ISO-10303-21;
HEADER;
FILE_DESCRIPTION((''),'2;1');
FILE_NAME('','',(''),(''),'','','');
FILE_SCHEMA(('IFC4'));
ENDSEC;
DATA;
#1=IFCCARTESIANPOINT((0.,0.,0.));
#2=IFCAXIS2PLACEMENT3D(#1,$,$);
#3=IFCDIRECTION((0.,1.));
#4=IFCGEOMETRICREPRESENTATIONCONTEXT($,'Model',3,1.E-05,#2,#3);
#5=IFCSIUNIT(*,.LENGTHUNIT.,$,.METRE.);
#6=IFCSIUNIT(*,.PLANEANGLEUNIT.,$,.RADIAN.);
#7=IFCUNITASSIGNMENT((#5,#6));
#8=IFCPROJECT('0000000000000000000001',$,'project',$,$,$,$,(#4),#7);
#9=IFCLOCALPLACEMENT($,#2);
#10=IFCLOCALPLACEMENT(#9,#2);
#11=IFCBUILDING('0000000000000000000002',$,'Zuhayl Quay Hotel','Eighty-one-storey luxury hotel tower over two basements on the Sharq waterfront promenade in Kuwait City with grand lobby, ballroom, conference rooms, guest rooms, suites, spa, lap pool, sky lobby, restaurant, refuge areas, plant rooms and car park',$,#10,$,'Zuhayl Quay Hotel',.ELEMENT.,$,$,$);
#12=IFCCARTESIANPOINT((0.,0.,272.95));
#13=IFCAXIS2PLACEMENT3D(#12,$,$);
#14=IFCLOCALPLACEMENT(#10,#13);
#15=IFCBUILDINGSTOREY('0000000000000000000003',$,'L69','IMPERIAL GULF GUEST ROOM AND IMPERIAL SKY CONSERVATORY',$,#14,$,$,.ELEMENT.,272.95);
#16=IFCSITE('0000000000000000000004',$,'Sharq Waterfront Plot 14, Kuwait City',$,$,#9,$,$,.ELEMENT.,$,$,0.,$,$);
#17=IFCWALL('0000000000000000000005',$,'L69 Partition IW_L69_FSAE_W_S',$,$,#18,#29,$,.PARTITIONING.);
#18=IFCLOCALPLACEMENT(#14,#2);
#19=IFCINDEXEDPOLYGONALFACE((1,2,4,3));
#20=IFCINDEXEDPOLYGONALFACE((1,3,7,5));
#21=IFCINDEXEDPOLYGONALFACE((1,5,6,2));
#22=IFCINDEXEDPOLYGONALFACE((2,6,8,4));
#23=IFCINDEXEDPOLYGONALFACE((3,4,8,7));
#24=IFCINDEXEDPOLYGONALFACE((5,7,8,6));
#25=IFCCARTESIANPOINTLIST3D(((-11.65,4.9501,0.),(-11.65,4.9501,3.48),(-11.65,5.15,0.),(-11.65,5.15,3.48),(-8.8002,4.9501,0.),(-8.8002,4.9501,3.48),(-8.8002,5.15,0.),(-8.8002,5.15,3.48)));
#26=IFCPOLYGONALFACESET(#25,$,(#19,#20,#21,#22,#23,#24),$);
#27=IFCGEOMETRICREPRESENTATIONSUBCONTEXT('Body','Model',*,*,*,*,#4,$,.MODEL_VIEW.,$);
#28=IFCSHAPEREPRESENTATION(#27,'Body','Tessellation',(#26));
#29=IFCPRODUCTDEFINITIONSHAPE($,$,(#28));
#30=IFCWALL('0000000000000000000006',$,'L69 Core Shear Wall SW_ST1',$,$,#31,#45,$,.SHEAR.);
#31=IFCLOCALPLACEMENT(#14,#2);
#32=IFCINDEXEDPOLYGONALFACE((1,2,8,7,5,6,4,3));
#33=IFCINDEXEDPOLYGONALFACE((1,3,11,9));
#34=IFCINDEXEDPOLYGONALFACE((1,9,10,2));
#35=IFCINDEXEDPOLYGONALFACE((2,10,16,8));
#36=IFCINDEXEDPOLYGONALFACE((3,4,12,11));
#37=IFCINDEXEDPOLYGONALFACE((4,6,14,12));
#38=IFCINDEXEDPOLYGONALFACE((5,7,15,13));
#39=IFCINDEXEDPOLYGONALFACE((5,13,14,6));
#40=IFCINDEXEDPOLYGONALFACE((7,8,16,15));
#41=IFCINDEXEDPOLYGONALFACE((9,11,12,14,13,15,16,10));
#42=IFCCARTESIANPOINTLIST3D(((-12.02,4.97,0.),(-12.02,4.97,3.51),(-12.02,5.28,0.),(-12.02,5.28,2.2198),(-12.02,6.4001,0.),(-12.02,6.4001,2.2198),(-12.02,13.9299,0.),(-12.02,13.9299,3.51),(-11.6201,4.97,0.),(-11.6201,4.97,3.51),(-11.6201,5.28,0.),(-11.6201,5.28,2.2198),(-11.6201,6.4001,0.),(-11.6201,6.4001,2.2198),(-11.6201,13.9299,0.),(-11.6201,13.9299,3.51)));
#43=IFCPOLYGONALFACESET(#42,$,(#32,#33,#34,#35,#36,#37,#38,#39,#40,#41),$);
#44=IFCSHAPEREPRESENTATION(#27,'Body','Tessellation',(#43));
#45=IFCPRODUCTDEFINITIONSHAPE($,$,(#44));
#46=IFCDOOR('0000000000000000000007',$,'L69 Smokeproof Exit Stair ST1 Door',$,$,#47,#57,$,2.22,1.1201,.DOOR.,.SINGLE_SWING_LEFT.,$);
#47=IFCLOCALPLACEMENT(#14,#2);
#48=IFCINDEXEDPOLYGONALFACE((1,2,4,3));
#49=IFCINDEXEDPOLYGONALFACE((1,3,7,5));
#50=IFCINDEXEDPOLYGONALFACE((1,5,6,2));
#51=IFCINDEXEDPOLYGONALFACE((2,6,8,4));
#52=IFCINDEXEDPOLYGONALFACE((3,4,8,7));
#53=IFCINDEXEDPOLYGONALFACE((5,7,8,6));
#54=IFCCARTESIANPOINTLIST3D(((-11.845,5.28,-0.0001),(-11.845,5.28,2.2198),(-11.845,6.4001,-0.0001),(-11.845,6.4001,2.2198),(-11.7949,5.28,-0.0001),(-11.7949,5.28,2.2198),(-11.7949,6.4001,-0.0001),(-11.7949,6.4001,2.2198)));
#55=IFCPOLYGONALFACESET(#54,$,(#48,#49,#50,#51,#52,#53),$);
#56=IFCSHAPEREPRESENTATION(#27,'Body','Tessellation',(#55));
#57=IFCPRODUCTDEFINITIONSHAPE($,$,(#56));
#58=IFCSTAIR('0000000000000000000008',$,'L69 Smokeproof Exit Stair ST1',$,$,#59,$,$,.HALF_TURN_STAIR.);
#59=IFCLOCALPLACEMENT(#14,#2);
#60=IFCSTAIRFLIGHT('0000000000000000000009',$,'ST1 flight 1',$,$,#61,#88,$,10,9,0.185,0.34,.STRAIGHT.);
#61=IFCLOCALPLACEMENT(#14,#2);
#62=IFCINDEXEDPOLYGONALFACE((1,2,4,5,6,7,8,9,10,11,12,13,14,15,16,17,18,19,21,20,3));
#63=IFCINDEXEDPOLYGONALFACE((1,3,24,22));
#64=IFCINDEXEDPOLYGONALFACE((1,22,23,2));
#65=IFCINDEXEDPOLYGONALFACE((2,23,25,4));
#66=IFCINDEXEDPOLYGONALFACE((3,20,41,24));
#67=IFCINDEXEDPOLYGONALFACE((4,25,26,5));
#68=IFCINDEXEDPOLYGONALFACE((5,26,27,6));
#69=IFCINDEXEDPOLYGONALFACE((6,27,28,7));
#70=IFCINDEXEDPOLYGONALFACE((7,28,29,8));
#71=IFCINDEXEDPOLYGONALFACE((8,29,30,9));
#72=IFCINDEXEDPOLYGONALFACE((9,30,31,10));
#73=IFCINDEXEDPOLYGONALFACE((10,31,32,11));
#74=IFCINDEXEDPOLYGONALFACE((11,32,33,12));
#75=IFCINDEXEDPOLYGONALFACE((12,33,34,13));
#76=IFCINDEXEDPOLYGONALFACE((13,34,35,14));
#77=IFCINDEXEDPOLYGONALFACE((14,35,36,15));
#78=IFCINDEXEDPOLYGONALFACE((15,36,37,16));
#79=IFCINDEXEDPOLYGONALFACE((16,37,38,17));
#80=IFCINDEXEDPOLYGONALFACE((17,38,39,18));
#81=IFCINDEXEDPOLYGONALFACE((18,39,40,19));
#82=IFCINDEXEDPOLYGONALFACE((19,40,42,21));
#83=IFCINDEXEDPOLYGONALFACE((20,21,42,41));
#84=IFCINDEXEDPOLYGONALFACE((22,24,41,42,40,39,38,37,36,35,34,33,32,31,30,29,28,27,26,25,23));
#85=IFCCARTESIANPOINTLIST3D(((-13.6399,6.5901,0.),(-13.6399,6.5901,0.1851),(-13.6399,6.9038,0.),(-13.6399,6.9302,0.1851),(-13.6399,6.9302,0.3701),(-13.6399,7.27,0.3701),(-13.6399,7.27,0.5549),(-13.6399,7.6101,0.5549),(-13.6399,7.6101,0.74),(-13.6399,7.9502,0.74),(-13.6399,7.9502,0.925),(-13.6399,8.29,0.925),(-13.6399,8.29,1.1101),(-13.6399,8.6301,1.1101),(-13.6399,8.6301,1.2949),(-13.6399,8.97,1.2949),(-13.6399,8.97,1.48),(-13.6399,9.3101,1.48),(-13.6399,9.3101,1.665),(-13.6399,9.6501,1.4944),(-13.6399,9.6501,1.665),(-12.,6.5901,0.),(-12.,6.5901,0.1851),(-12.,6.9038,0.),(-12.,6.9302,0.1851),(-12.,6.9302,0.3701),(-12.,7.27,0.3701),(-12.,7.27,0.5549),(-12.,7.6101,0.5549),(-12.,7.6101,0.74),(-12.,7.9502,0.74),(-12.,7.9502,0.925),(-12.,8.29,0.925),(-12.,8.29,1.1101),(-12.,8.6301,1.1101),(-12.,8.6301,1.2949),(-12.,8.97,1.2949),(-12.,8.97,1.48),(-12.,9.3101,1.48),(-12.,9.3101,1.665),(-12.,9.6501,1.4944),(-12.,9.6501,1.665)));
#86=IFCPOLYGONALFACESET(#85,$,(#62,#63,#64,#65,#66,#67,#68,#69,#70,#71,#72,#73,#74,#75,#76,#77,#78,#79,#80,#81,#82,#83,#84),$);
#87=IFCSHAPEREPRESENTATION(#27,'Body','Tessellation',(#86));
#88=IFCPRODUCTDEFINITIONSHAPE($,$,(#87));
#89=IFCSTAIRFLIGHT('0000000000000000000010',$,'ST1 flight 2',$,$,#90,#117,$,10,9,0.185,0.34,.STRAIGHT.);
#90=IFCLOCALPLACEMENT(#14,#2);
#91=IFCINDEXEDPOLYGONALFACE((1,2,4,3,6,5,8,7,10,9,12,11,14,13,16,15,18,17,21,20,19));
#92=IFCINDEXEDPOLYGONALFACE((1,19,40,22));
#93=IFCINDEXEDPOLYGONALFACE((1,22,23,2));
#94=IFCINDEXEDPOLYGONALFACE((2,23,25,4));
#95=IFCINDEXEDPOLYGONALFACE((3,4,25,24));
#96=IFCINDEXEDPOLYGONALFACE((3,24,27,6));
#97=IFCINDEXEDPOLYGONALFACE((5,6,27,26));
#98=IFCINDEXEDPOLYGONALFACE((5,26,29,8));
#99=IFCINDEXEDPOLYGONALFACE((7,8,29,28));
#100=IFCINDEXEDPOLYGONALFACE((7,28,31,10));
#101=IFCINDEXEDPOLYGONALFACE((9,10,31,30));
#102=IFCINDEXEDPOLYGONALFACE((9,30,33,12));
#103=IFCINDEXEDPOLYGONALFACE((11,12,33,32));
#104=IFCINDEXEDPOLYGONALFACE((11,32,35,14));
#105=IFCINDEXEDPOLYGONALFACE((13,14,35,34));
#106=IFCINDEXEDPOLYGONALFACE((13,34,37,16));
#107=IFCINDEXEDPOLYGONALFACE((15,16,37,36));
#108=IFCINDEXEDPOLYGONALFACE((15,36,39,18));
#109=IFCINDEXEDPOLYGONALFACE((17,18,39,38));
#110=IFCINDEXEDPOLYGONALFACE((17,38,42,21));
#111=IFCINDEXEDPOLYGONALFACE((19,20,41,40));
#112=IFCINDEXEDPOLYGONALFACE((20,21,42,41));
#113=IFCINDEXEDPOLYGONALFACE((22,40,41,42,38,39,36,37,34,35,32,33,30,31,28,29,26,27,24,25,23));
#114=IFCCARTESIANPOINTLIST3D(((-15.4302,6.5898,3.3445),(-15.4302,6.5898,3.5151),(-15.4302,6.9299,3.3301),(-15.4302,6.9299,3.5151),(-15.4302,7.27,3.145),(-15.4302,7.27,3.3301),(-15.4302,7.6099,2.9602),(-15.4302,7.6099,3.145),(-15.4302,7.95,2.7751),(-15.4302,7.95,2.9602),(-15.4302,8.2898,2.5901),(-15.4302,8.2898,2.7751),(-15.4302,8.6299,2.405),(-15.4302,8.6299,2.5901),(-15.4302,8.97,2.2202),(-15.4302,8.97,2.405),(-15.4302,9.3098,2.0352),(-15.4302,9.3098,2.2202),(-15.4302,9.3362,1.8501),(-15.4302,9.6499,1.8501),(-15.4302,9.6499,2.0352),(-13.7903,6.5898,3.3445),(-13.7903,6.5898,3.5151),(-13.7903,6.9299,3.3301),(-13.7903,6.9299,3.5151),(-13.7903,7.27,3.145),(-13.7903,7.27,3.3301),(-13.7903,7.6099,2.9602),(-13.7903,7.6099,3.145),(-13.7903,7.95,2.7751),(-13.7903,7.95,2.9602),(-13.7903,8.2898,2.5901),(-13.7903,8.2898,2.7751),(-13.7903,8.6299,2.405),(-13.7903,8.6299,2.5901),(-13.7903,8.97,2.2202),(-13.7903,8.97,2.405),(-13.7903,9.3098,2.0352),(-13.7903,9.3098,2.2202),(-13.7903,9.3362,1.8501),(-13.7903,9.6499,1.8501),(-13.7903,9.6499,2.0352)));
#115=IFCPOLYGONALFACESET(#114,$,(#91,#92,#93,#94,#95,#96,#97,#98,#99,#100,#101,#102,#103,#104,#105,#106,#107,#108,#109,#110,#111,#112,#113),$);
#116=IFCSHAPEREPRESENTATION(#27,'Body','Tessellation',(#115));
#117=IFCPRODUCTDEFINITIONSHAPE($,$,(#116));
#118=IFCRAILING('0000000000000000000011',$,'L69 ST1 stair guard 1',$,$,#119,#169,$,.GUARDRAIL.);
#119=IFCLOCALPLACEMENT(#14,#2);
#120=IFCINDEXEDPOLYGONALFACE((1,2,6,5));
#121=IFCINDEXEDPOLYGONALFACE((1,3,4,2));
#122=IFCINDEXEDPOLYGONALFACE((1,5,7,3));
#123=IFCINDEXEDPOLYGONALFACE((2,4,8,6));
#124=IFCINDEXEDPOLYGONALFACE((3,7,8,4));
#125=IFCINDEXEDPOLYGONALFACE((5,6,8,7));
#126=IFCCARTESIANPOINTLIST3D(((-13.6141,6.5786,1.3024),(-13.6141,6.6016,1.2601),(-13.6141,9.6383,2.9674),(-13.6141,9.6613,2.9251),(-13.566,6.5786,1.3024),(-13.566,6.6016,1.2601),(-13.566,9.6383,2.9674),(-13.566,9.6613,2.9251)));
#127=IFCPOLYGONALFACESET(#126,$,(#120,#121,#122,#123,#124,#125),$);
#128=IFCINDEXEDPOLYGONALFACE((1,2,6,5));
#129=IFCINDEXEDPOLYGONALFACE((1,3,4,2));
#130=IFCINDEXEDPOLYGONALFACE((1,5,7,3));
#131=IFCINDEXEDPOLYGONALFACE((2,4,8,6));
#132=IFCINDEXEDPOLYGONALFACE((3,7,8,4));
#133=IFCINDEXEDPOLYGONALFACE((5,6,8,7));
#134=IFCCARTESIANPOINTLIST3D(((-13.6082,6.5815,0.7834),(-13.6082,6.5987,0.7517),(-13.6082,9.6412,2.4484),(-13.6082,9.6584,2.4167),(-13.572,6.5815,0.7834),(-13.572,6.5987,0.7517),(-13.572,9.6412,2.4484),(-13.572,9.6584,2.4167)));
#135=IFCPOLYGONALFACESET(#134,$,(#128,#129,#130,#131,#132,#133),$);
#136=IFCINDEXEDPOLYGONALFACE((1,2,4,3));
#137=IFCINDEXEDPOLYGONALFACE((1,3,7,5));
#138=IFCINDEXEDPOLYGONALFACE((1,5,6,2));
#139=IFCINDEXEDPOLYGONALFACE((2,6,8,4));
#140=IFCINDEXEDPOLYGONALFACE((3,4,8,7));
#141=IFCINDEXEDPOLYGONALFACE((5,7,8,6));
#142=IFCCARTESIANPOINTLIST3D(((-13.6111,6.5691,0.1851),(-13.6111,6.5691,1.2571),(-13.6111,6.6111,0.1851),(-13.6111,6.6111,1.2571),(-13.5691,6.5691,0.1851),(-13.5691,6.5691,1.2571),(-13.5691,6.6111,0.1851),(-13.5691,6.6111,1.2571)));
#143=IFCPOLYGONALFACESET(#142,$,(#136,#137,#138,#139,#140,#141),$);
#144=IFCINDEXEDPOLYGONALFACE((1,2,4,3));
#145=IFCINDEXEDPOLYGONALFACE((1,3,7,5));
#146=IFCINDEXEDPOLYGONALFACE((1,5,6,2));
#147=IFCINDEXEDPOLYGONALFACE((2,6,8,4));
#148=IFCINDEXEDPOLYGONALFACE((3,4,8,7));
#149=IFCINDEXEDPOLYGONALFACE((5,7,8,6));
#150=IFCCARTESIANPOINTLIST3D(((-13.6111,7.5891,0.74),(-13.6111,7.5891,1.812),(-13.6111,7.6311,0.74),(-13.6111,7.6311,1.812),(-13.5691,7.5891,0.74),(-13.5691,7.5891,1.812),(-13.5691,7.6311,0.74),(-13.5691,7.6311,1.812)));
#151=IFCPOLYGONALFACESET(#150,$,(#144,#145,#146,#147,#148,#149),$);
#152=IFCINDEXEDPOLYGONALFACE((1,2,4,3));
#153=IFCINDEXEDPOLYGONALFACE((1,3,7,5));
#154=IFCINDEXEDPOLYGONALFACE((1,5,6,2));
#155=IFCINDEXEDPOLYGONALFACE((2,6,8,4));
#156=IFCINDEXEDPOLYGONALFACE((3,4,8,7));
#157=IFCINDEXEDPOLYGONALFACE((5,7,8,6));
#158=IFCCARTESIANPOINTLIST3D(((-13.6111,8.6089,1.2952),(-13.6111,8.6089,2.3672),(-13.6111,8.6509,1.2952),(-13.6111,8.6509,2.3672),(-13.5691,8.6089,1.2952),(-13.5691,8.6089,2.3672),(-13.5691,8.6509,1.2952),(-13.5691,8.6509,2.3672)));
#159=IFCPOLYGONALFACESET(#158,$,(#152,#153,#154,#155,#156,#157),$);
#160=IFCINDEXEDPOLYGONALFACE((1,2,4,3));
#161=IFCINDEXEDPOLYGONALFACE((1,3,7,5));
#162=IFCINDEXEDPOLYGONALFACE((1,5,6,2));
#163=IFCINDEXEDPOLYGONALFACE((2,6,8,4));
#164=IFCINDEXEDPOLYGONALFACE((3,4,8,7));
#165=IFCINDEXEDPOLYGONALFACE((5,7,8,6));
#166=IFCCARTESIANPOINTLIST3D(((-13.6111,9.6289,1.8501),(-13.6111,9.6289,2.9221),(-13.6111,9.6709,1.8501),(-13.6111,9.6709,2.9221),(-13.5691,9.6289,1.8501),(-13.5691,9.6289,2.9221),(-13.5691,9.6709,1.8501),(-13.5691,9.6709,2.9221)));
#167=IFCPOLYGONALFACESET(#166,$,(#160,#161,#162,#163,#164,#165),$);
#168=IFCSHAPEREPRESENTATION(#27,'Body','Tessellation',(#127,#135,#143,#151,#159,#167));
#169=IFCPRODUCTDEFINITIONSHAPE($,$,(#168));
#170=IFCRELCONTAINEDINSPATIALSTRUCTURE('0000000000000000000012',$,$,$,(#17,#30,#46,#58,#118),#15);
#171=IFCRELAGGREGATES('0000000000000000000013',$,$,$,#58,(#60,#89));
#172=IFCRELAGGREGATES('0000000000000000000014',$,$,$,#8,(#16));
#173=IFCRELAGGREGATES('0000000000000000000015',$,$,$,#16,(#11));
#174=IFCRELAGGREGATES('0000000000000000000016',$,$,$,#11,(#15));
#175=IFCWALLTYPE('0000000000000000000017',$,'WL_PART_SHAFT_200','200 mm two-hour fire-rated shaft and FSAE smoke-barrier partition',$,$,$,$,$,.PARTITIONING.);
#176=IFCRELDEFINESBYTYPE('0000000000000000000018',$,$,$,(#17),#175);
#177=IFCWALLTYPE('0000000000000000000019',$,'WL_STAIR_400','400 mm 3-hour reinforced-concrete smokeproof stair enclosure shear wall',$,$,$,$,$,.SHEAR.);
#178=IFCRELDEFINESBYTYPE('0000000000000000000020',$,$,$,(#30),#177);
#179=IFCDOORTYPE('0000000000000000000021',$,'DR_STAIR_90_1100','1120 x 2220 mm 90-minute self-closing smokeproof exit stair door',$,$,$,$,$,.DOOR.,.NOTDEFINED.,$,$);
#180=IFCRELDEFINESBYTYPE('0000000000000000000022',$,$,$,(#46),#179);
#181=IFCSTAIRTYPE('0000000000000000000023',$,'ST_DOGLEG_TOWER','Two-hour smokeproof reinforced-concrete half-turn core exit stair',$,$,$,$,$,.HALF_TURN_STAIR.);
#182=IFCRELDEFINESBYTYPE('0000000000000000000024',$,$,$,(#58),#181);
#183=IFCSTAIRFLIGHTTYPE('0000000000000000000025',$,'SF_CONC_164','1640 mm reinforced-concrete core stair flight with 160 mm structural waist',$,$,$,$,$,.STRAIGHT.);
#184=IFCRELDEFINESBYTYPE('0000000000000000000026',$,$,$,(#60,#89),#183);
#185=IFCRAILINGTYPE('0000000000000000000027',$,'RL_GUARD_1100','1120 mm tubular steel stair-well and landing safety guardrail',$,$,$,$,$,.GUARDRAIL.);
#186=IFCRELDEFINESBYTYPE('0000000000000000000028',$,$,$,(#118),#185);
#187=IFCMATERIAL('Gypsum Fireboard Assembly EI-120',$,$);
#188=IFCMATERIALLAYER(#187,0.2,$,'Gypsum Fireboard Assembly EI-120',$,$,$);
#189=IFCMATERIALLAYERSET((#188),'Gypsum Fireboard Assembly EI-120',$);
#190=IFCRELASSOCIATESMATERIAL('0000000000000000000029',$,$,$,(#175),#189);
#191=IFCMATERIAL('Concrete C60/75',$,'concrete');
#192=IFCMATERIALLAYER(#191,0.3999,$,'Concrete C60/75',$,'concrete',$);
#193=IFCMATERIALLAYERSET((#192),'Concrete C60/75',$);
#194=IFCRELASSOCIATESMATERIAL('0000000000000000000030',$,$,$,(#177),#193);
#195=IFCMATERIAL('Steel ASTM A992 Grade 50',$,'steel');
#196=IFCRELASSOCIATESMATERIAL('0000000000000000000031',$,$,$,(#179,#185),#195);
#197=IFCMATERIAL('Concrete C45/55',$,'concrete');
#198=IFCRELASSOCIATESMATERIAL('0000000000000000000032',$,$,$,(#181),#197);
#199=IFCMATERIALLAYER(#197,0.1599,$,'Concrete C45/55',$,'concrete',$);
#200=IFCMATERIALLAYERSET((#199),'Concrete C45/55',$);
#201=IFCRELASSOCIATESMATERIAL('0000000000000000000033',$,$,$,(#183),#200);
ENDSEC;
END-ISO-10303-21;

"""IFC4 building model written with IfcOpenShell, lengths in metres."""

from ifc_helpers import new_model, si_unit, direction, frame, frame_2d, origin, origin_2d, place, context, subcontext, project, spatial, polyline, rectangle, outline, extrude, material, layer, layer_set, type_object, element, fill, aggregate, save


model = new_model("IFC4")

# Units and contexts
model_context = context("Model", 3, precision=1e-05, world=origin(), true_north=direction((0.0, 1.0)))
body_context = subcontext(model_context, "Body", "Model", "MODEL_VIEW")
ifc_project = project(units=[si_unit("LENGTHUNIT", "METRE"), si_unit("PLANEANGLEUNIT", "RADIAN")], contexts=[model_context])

# Site, building, storey
site_placement = place(None, origin())
site = spatial("IfcSite", under=ifc_project, at=site_placement, Name="Sharq Waterfront Plot 14, Kuwait City", CompositionType="ELEMENT", RefElevation=0.0)
building_placement = place(site_placement, origin())
building = spatial("IfcBuilding", under=site, at=building_placement, Name="Zuhayl Quay Hotel", Description="Eighty-one-storey luxury hotel tower over two basements on the Sharq waterfront promenade in Kuwait City with grand lobby, ballroom, conference rooms, guest rooms, suites, spa, lap pool, sky lobby, restaurant, refuge areas, plant rooms and car park", LongName="Zuhayl Quay Hotel", CompositionType="ELEMENT")
storey_placement = place(building_placement, frame((0.0, 0.0, 272.95)))
storey = spatial("IfcBuildingStorey", under=building, at=storey_placement, Name="L69", Description="IMPERIAL GULF GUEST ROOM AND IMPERIAL SKY CONSERVATORY", CompositionType="ELEMENT", Elevation=272.95)

# Wall
ifc_material_1 = material(Name="Gypsum Fireboard Assembly EI-120")
ifc_layer_1 = layer(ifc_material_1, 0.2, Name="Gypsum Fireboard Assembly EI-120")
ifc_layer_set_1 = layer_set([ifc_layer_1], Name="Gypsum Fireboard Assembly EI-120")
wall_type_1 = type_object("IfcWallType", Name="WL_PART_SHAFT_200", Description="200 mm two-hour fire-rated shaft and FSAE smoke-barrier partition", PredefinedType="PARTITIONING", material=ifc_layer_set_1)
wall_1_placement = place(storey_placement, frame((-11.6499, 5.05, 0.0), z_axis=(0.0, 0.0, 1.0), x_axis=(1.0, 0.0, 0.0)))
element("IfcWall", 1, at=wall_1_placement, inside=storey, type_object=wall_type_1, Name="L69 Partition IW_L69_FSAE_W_S", PredefinedType="PARTITIONING", context=body_context, shape_type="SweptSolid", body=[
    extrude(rectangle(XDim=2.8499, YDim=0.2, at=frame_2d((1.4248, 0.0))), origin(), (0.0, 0.0, 1.0), 3.48),
])

# Wall, opening, door
ifc_material_2 = material(Name="Concrete C60/75", Category="concrete")
ifc_layer_2 = layer(ifc_material_2, 0.3999, Name="Concrete C60/75", Category="concrete")
ifc_layer_set_2 = layer_set([ifc_layer_2], Name="Concrete C60/75")
wall_type_2 = type_object("IfcWallType", Name="WL_STAIR_400", Description="400 mm 3-hour reinforced-concrete smokeproof stair enclosure shear wall", PredefinedType="SHEAR", material=ifc_layer_set_2)
wall_2_placement = place(storey_placement, frame((-11.8201, 4.97, 0.0), z_axis=(0.0, 0.0, 1.0), x_axis=(0.0, 1.0, 0.0)))
wall_2 = element("IfcWall", 2, at=wall_2_placement, inside=storey, type_object=wall_type_2, Name="L69 Core Shear Wall SW_ST1", PredefinedType="SHEAR", context=body_context, shape_type="SweptSolid", body=[
    extrude(rectangle(XDim=8.96, YDim=0.3999, at=frame_2d((4.48, 0.0))), origin(), (0.0, 0.0, 1.0), 3.51),
])
opening_1_placement = place(wall_2_placement, frame((0.3101, 0.0, 0.0)))
opening_1 = element("IfcOpeningElement", 3, at=opening_1_placement, cuts=wall_2, PredefinedType="OPENING", context=body_context, shape_type="SweptSolid", body=[
    extrude(rectangle(XDim=1.1201, YDim=2.22, at=frame_2d((0.5601, 1.1099))), frame((0.0, 0.21, 0.0), z_axis=(0.0, -1.0, 0.0), x_axis=(1.0, 0.0, 0.0)), (0.0, 0.0, 1.0), 0.4199),
])
ifc_material_3 = material(Name="Steel ASTM A992 Grade 50", Category="steel")
door_type_1 = type_object("IfcDoorType", Name="DR_STAIR_90_1100", Description="1120 x 2220 mm 90-minute self-closing smokeproof exit stair door", OperationType="NOTDEFINED", PredefinedType="DOOR", material=ifc_material_3)
door_1_placement = place(opening_1_placement, origin())
door_1 = element("IfcDoor", 4, at=door_1_placement, inside=storey, type_object=door_type_1, Name="L69 Smokeproof Exit Stair ST1 Door", OperationType="SINGLE_SWING_LEFT", OverallHeight=2.22, OverallWidth=1.1201, PredefinedType="DOOR", context=body_context, shape_type="SweptSolid", body=[
    extrude(rectangle(XDim=1.1201, YDim=2.22, at=frame_2d((0.5601, 1.1099))), frame((0.0, 0.0249, 0.0), z_axis=(0.0, -1.0, 0.0), x_axis=(1.0, 0.0, 0.0)), (0.0, 0.0, 1.0), 0.05),
])
fill(opening_1, door_1)

# Stair, stair flights
ifc_material_4 = material(Name="Concrete C45/55", Category="concrete")
stair_type = type_object("IfcStairType", Name="ST_DOGLEG_TOWER", Description="Two-hour smokeproof reinforced-concrete half-turn core exit stair", PredefinedType="HALF_TURN_STAIR", material=ifc_material_4)
stair_placement = place(storey_placement, origin())
stair = element("IfcStair", 5, at=stair_placement, inside=storey, type_object=stair_type, Name="L69 Smokeproof Exit Stair ST1", PredefinedType="HALF_TURN_STAIR")
ifc_layer_3 = layer(ifc_material_4, 0.1599, Name="Concrete C45/55", Category="concrete")
ifc_layer_set_3 = layer_set([ifc_layer_3], Name="Concrete C45/55")
stair_flight_type = type_object("IfcStairFlightType", Name="SF_CONC_164", Description="1640 mm reinforced-concrete core stair flight with 160 mm structural waist", PredefinedType="STRAIGHT", material=ifc_layer_set_3)
stair_flight_1_placement = place(storey_placement, frame((-12.8201, 6.5901, 0.0), z_axis=(0.0, 0.0, 1.0), x_axis=(0.0, 1.0, 0.0)))
stair_flight_1 = element("IfcStairFlight", 6, at=stair_flight_1_placement, type_object=stair_flight_type, Name="ST1 flight 1", NumberOfRisers=10, NumberOfTreads=9, PredefinedType="STRAIGHT", RiserHeight=0.185, TreadLength=0.34, context=body_context, shape_type="SweptSolid", body=[
    extrude(outline(polyline([(0.0, 0.0), (0.0, 0.1851), (0.3401, 0.1851), (0.3401, 0.3701), (0.6799, 0.3701), (0.6799, 0.5549), (1.02, 0.5549), (1.02, 0.74), (1.3601, 0.74), (1.3601, 0.925), (1.7, 0.925), (1.7, 1.1101), (2.04, 1.1101), (2.04, 1.2949), (2.3799, 1.2949), (2.3799, 1.48), (2.72, 1.48), (2.72, 1.665), (3.0601, 1.665), (3.0601, 1.8501), (3.0601, 1.4944), (0.3137, 0.0), (0.0, 0.0)])), frame((0.0, 0.8198, 0.0), z_axis=(0.0, -1.0, 0.0), x_axis=(1.0, 0.0, 0.0)), (0.0, 0.0, 1.0), 1.6399),
])
stair_flight_2_placement = place(storey_placement, frame((-14.6101, 9.6499, 1.8501), z_axis=(0.0, 0.0, 1.0), x_axis=(0.0, -1.0, 0.0)))
stair_flight_2 = element("IfcStairFlight", 7, at=stair_flight_2_placement, type_object=stair_flight_type, Name="ST1 flight 2", NumberOfRisers=10, NumberOfTreads=9, PredefinedType="STRAIGHT", RiserHeight=0.185, TreadLength=0.34, context=body_context, shape_type="SweptSolid", body=[
    extrude(outline(polyline([(0.0, 0.0), (0.0, 0.1851), (0.3401, 0.1851), (0.3401, 0.3701), (0.6799, 0.3701), (0.6799, 0.5549), (1.02, 0.5549), (1.02, 0.74), (1.3601, 0.74), (1.3601, 0.925), (1.7, 0.925), (1.7, 1.1101), (2.04, 1.1101), (2.04, 1.2949), (2.3799, 1.2949), (2.3799, 1.48), (2.72, 1.48), (2.72, 1.665), (3.0601, 1.665), (3.0601, 1.8501), (3.0601, 1.4944), (0.3137, 0.0), (0.0, 0.0)])), frame((0.0, 0.8198, 0.0), z_axis=(0.0, -1.0, 0.0), x_axis=(1.0, 0.0, 0.0)), (0.0, 0.0, 1.0), 1.6399),
])
aggregate(stair, [stair_flight_1, stair_flight_2])

# Railing
railing_type_1 = type_object("IfcRailingType", Name="RL_GUARD_1100", Description="1120 mm tubular steel stair-well and landing safety guardrail", PredefinedType="GUARDRAIL", material=ifc_material_3)
railing_1_placement = place(storey_placement, frame((-13.5901, 6.5901, 0.1851)))
element("IfcRailing", 8, at=railing_1_placement, inside=storey, type_object=railing_type_1, Name="L69 ST1 stair guard 1", PredefinedType="GUARDRAIL", context=body_context, shape_type="SweptSolid", body=[
    extrude(rectangle(XDim=0.0481, YDim=0.0481, at=origin_2d()), frame((0.0, 0.0, 1.0962), z_axis=(0.0, 0.878372, 0.477978), x_axis=(-1.0, 0.0, 0.0)), (0.0, 0.0, 1.0), 3.4834),
    extrude(rectangle(XDim=0.0361, YDim=0.0361, at=origin_2d()), frame((0.0, 0.0, 0.5825), z_axis=(0.0, 0.878372, 0.477978), x_axis=(-1.0, 0.0, 0.0)), (0.0, 0.0, 1.0), 3.4834),
    extrude(rectangle(XDim=0.042, YDim=0.042, at=origin_2d()), origin(), (0.0, 0.0, 1.0), 1.072),
    extrude(rectangle(XDim=0.042, YDim=0.042, at=origin_2d()), frame((0.0, 1.02, 0.5549)), (0.0, 0.0, 1.0), 1.072),
    extrude(rectangle(XDim=0.042, YDim=0.042, at=origin_2d()), frame((0.0, 2.0398, 1.1101)), (0.0, 0.0, 1.0), 1.072),
    extrude(rectangle(XDim=0.042, YDim=0.042, at=origin_2d()), frame((0.0, 3.0598, 1.665)), (0.0, 0.0, 1.0), 1.072),
])

save(model, "model.ifc")
